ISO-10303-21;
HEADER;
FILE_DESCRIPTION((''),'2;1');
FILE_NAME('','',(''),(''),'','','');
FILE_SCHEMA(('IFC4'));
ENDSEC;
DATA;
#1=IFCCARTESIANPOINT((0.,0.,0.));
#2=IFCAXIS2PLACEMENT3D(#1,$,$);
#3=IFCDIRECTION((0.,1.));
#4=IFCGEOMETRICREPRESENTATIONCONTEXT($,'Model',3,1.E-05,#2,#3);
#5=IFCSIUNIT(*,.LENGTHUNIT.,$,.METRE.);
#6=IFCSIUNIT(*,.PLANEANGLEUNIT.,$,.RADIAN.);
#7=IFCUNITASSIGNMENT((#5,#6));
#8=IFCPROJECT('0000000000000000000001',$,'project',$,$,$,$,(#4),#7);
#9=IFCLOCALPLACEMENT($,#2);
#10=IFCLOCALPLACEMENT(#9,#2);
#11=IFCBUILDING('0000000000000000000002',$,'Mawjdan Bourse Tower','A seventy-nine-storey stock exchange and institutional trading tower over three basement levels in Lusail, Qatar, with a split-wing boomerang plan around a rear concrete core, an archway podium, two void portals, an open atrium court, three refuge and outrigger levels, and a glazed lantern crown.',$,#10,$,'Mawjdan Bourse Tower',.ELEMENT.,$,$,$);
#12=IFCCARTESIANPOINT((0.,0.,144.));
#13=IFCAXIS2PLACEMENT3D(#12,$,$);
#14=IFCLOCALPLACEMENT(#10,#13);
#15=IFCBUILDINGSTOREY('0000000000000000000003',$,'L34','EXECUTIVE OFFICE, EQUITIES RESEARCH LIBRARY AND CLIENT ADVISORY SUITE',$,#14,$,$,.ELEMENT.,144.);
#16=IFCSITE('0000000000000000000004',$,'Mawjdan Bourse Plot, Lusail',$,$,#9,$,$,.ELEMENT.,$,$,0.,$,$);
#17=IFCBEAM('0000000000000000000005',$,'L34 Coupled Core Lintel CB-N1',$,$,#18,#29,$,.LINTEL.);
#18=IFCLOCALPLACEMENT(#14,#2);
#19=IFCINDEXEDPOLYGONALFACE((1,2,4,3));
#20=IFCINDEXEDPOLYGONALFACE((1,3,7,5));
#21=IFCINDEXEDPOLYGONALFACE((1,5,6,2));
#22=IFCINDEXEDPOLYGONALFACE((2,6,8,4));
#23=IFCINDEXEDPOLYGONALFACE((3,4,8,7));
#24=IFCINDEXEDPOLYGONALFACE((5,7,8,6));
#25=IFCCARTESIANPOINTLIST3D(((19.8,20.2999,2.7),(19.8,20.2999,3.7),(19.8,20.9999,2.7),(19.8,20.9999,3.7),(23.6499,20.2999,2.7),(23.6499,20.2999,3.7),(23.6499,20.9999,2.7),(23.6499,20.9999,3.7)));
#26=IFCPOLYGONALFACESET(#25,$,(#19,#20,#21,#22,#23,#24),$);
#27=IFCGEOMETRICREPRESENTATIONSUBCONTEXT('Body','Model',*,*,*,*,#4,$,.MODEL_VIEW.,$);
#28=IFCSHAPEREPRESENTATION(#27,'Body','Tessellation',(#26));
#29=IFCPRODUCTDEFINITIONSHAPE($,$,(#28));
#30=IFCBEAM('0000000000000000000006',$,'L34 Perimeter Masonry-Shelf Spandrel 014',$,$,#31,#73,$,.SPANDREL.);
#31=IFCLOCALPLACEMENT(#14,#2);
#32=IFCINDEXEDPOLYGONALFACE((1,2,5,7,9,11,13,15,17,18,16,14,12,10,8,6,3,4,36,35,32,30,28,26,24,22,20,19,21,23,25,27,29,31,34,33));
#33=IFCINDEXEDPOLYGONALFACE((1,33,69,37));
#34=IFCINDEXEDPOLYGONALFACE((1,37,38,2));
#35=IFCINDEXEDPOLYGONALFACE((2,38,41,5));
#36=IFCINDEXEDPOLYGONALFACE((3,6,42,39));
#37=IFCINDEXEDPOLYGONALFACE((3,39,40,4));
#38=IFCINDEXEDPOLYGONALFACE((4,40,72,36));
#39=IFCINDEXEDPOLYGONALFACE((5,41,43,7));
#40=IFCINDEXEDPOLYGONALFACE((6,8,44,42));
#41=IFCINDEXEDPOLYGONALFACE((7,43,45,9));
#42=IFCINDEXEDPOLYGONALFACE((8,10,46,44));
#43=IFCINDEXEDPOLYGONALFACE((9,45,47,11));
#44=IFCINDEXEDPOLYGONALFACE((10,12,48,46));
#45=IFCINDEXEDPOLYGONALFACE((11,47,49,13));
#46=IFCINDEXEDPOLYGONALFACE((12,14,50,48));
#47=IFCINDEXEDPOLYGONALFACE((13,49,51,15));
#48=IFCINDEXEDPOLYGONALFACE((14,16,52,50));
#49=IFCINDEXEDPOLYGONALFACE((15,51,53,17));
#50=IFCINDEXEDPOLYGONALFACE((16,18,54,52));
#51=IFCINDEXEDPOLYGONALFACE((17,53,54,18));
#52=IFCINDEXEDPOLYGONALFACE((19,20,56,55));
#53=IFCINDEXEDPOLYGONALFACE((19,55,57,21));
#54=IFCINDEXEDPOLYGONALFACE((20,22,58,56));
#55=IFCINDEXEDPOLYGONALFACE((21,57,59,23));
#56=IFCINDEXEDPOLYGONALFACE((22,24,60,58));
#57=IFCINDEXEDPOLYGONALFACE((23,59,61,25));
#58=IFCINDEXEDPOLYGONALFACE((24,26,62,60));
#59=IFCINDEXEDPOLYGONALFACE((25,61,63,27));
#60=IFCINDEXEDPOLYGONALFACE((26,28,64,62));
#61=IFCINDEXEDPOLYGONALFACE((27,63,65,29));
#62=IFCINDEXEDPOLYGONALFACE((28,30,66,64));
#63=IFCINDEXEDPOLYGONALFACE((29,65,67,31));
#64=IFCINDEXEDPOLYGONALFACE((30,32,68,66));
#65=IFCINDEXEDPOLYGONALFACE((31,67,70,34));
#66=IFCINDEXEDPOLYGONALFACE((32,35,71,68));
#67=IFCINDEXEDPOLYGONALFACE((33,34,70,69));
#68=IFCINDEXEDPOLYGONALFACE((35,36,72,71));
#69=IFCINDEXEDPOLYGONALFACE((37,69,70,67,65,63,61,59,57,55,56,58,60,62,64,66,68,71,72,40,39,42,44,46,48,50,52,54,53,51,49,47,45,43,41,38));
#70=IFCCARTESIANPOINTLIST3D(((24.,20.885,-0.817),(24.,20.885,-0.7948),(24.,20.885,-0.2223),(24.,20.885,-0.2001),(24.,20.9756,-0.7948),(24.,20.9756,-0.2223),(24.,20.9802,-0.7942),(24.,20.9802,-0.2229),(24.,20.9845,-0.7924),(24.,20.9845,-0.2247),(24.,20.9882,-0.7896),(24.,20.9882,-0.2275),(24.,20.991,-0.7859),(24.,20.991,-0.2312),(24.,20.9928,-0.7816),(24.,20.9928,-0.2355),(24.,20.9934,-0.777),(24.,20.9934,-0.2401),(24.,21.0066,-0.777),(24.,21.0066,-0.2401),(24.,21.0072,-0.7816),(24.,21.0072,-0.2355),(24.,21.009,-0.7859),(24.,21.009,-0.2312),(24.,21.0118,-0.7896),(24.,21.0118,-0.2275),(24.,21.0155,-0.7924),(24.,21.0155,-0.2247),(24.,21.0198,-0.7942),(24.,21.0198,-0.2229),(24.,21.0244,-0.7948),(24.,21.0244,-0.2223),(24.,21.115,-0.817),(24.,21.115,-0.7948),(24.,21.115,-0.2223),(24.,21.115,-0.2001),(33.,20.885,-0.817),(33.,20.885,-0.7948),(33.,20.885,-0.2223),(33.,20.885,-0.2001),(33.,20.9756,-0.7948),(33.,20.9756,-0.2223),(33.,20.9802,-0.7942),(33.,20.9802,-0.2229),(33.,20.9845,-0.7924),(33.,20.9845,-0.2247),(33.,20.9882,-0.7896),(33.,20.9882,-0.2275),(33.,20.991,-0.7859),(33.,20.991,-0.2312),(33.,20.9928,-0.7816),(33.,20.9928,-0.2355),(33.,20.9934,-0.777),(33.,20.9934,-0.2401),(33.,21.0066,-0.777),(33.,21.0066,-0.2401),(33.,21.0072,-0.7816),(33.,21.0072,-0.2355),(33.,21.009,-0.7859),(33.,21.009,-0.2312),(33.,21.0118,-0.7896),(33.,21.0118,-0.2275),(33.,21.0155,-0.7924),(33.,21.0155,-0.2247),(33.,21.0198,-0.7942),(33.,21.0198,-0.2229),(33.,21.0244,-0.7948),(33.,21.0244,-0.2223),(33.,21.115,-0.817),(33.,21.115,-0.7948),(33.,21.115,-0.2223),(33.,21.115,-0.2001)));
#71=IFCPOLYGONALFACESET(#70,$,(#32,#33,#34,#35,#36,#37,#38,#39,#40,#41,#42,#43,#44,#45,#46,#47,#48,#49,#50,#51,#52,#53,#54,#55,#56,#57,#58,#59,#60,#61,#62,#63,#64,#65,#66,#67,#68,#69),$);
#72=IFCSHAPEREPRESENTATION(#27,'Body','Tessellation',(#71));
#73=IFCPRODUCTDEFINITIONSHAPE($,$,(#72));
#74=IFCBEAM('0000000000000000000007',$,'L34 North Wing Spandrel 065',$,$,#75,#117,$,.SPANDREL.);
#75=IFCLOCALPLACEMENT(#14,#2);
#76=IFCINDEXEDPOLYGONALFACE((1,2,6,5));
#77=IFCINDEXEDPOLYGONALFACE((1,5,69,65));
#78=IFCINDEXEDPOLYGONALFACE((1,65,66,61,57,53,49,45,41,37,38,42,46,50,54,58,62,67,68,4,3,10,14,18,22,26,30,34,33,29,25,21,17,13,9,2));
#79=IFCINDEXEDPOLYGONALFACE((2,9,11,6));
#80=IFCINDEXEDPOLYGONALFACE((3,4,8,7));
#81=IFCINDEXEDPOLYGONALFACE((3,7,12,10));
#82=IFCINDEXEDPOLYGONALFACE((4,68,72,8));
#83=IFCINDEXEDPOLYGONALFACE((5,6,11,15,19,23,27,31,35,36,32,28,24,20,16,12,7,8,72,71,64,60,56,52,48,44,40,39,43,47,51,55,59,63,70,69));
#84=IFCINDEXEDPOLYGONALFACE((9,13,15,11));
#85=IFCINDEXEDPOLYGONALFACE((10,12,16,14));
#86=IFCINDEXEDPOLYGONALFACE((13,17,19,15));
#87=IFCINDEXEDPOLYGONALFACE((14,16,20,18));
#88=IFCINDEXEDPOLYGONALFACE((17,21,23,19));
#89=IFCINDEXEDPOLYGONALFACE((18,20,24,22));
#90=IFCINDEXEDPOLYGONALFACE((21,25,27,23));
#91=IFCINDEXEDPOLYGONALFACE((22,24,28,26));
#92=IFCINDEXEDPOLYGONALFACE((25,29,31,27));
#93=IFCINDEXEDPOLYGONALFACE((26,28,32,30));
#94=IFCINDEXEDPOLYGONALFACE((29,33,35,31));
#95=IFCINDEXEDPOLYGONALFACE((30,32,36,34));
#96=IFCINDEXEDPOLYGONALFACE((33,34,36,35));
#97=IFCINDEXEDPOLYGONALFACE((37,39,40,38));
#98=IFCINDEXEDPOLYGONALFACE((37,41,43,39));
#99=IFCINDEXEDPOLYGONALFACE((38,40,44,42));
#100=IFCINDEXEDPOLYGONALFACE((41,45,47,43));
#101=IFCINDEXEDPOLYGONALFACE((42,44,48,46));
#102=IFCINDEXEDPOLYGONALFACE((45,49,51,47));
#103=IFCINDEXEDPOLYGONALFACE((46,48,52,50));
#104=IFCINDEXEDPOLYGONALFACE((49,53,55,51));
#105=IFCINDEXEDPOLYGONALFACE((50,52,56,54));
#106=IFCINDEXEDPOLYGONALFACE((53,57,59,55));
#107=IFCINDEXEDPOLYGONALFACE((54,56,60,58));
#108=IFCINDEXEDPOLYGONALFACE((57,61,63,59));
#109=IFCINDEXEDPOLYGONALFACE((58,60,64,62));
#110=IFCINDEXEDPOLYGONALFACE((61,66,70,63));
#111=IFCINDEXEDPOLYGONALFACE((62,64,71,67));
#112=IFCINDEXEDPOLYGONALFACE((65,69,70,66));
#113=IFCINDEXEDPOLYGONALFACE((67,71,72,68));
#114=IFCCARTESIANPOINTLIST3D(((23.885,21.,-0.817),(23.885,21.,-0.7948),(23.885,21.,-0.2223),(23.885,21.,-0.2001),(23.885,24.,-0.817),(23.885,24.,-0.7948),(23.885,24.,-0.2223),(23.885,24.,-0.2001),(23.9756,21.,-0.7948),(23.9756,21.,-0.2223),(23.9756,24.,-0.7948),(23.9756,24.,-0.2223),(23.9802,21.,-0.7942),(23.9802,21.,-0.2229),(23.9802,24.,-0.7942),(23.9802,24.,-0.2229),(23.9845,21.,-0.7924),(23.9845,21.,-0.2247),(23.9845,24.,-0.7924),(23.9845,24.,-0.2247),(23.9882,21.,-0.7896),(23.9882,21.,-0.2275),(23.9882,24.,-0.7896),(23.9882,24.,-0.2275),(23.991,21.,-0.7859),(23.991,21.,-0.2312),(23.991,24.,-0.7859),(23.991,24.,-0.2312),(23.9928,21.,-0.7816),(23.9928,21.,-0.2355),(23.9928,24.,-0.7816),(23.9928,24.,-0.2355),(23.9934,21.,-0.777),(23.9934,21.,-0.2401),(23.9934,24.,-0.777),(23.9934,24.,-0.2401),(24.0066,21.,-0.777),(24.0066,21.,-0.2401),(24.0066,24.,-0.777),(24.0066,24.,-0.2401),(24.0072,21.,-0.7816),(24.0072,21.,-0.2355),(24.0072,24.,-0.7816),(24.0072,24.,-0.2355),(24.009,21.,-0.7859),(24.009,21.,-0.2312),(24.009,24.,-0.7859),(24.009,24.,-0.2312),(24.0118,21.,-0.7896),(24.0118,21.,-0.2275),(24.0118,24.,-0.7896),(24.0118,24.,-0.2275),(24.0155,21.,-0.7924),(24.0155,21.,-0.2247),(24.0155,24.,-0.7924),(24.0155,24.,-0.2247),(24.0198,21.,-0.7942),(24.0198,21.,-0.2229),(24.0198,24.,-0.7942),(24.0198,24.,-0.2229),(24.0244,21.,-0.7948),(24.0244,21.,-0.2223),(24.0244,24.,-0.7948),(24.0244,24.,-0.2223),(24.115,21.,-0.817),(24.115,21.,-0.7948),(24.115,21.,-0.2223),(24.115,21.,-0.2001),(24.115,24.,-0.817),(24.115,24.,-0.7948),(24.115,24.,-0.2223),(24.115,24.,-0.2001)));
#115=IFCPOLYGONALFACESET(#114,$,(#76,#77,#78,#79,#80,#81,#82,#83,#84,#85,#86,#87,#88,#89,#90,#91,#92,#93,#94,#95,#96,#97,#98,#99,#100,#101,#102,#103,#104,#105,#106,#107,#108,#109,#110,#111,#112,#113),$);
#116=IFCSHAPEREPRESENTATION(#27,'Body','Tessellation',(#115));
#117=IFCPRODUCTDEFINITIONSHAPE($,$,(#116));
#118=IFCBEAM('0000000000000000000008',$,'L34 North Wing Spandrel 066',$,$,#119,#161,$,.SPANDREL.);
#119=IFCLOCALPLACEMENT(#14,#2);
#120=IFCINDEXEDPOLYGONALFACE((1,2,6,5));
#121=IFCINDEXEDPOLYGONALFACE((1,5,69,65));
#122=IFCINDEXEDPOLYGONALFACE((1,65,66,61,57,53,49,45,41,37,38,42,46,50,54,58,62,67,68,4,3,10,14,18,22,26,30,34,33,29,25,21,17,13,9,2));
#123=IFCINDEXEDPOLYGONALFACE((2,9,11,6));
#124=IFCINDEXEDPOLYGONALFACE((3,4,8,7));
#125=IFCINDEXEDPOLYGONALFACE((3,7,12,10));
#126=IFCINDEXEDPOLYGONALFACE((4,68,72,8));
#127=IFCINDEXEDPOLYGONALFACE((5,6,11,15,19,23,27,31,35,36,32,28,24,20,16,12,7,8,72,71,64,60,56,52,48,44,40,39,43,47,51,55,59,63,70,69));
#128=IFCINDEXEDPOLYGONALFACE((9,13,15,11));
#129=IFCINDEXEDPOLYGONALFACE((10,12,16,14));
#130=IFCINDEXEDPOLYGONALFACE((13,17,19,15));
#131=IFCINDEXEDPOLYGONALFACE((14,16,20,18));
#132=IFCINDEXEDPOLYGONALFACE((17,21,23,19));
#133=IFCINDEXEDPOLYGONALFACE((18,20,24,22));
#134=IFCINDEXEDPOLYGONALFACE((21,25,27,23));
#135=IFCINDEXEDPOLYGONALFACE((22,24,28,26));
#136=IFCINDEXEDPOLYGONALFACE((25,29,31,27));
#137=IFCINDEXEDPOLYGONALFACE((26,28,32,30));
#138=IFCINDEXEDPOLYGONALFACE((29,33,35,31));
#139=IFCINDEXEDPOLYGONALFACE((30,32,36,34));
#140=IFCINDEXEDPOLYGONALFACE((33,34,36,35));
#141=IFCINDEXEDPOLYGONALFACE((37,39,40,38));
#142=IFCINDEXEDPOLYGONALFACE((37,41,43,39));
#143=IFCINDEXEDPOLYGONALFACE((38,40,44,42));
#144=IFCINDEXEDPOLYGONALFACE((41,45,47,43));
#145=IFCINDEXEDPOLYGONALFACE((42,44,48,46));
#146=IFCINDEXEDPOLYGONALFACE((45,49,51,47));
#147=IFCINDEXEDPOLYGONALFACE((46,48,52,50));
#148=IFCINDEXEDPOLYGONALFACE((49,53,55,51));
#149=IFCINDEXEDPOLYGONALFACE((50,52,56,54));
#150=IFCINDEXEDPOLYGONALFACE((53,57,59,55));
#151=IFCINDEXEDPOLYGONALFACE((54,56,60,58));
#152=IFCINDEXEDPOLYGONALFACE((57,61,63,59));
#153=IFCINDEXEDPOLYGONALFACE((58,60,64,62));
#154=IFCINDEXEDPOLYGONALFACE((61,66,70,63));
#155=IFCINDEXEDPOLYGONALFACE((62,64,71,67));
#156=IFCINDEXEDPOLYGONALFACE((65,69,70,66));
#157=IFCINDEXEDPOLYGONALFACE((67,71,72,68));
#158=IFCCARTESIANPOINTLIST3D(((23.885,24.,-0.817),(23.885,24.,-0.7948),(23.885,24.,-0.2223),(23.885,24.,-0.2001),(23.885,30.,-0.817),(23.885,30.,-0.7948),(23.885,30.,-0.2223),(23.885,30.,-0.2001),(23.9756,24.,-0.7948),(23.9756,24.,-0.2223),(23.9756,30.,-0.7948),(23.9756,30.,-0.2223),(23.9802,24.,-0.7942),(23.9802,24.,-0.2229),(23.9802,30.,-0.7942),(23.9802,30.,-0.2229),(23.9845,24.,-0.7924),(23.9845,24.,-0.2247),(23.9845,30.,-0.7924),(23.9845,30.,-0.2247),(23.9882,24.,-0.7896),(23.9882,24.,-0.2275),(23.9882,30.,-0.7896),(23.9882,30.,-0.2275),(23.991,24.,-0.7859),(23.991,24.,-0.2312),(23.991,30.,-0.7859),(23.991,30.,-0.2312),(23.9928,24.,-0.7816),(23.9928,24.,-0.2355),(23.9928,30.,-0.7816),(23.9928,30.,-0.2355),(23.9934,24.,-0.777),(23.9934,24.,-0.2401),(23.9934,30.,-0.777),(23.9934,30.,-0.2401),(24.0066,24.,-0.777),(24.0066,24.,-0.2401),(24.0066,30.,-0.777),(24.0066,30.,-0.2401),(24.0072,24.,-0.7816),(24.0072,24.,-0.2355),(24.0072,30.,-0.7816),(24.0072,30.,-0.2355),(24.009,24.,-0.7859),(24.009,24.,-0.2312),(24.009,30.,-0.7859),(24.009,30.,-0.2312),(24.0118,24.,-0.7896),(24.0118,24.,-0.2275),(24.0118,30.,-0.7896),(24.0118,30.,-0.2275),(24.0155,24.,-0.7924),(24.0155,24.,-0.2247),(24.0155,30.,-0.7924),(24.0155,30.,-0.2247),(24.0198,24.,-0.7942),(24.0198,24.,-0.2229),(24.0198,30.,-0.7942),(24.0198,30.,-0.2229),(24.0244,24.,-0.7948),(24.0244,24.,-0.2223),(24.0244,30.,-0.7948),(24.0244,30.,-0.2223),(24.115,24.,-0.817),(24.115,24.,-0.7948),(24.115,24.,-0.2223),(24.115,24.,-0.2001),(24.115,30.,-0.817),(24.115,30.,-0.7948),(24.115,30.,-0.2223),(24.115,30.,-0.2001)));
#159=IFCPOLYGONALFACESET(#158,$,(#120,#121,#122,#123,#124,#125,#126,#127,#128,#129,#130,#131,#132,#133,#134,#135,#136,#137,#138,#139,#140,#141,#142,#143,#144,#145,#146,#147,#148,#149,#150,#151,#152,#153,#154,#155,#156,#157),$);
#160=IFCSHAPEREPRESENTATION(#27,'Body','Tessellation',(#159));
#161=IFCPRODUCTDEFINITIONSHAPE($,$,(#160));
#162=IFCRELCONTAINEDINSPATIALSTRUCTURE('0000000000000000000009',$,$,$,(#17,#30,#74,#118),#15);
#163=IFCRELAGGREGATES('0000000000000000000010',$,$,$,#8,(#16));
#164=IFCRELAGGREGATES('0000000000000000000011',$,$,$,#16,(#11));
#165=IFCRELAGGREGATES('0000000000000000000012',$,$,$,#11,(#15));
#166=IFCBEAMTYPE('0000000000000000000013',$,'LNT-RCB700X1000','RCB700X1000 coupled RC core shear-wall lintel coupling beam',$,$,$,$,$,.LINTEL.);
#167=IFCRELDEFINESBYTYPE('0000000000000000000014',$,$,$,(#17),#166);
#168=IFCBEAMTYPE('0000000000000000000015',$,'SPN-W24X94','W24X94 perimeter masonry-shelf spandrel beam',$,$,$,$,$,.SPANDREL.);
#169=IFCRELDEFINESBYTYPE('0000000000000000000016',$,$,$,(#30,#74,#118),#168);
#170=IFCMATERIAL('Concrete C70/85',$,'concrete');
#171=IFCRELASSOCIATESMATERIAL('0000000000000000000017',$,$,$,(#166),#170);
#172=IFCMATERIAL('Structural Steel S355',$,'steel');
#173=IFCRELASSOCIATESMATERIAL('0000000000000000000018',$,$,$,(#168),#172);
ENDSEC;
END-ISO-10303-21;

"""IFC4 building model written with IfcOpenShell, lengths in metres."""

from ifc_helpers import new_model, si_unit, direction, frame, origin, origin_2d, place, context, subcontext, project, spatial, rectangle, i_section, extrude, material, material_profile, profile_set, type_object, element, save


model = new_model("IFC4")

# Units and contexts
model_context = context("Model", 3, precision=1e-05, world=origin(), true_north=direction((0.0, 1.0)))
body_context = subcontext(model_context, "Body", "Model", "MODEL_VIEW")
ifc_project = project(units=[si_unit("LENGTHUNIT", "METRE"), si_unit("PLANEANGLEUNIT", "RADIAN")], contexts=[model_context])

# Site, building, storey
site_placement = place(None, origin())
site = spatial("IfcSite", under=ifc_project, at=site_placement, Name="Mawjdan Bourse Plot, Lusail", CompositionType="ELEMENT", RefElevation=0.0)
building_placement = place(site_placement, origin())
building = spatial("IfcBuilding", under=site, at=building_placement, Name="Mawjdan Bourse Tower", Description="A seventy-nine-storey stock exchange and institutional trading tower over three basement levels in Lusail, Qatar, with a split-wing boomerang plan around a rear concrete core, an archway podium, two void portals, an open atrium court, three refuge and outrigger levels, and a glazed lantern crown.", LongName="Mawjdan Bourse Tower", CompositionType="ELEMENT")
storey_placement = place(building_placement, frame((0.0, 0.0, 144.0)))
storey = spatial("IfcBuildingStorey", under=building, at=storey_placement, Name="L34", Description="EXECUTIVE OFFICE, EQUITIES RESEARCH LIBRARY AND CLIENT ADVISORY SUITE", CompositionType="ELEMENT", Elevation=144.0)

# Shared definitions
ifc_material_1 = material(Name="Concrete C70/85", Category="concrete")

# Beams
ifc_material_2 = material(Name="Structural Steel S355", Category="steel")
ifc_material_profile_1 = material_profile(ifc_material_1, rectangle(XDim=0.7, YDim=1.0, at=origin_2d()), Name="RCB700X1000")
ifc_profile_set_1 = profile_set([ifc_material_profile_1], Name="Concrete C70/85")
beam_type_1 = type_object("IfcBeamType", Name="LNT-RCB700X1000", Description="RCB700X1000 coupled RC core shear-wall lintel coupling beam", PredefinedType="LINTEL", material=ifc_profile_set_1)
beam_1_placement = place(storey_placement, frame((19.8, 20.6499, 3.2), z_axis=(1.0, 0.0, 0.0), x_axis=(0.0, 1.0, 0.0)))
element("IfcBeam", 1, at=beam_1_placement, inside=storey, type_object=beam_type_1, Name="L34 Coupled Core Lintel CB-N1", PredefinedType="LINTEL", context=body_context, shape_type="SweptSolid", body=[
    extrude(rectangle(XDim=0.7, YDim=1.0, at=origin_2d()), origin(), (0.0, 0.0, 1.0), 3.8499),
])
ifc_material_profile_2 = material_profile(ifc_material_2, i_section(OverallWidth=0.23, OverallDepth=0.6169, WebThickness=0.0132, FlangeThickness=0.0222, FilletRadius=0.0178, at=origin_2d()), Name="W24X94")
ifc_profile_set_2 = profile_set([ifc_material_profile_2], Name="Structural Steel S355")
beam_type_2 = type_object("IfcBeamType", Name="SPN-W24X94", Description="W24X94 perimeter masonry-shelf spandrel beam", PredefinedType="SPANDREL", material=ifc_profile_set_2)
beam_2_placement = place(storey_placement, frame((24.0, 21.0, -0.5085), z_axis=(1.0, 0.0, 0.0), x_axis=(0.0, 1.0, 0.0)))
element("IfcBeam", 2, at=beam_2_placement, inside=storey, type_object=beam_type_2, Name="L34 Perimeter Masonry-Shelf Spandrel 014", PredefinedType="SPANDREL", context=body_context, shape_type="SweptSolid", body=[
    extrude(i_section(OverallWidth=0.23, OverallDepth=0.6169, WebThickness=0.0132, FlangeThickness=0.0222, FilletRadius=0.0178, at=origin_2d()), origin(), (0.0, 0.0, 1.0), 9.0),
])
beam_3_placement = place(storey_placement, frame((24.0, 21.0, -0.5085), z_axis=(0.0, 1.0, 0.0), x_axis=(-1.0, 0.0, 0.0)))
element("IfcBeam", 3, at=beam_3_placement, inside=storey, type_object=beam_type_2, Name="L34 North Wing Spandrel 065", PredefinedType="SPANDREL", context=body_context, shape_type="SweptSolid", body=[
    extrude(i_section(OverallWidth=0.23, OverallDepth=0.6169, WebThickness=0.0132, FlangeThickness=0.0222, FilletRadius=0.0178, at=origin_2d()), origin(), (0.0, 0.0, 1.0), 3.0),
])
for number, where, z_axis, x_axis, name in (
    (4, (24.0, 24.0, -0.5085), (0.0, 1.0, 0.0), (-1.0, 0.0, 0.0), "L34 North Wing Spandrel 066"),
):
    element("IfcBeam", number, at=place(storey_placement, frame(where, z_axis=z_axis, x_axis=x_axis)), inside=storey, type_object=beam_type_2, Name=name, PredefinedType="SPANDREL", context=body_context, shape_type="SweptSolid", body=[
        extrude(i_section(OverallWidth=0.23, OverallDepth=0.6169, WebThickness=0.0132, FlangeThickness=0.0222, FilletRadius=0.0178, at=origin_2d()), origin(), (0.0, 0.0, 1.0), 6.0),
    ])

save(model, "model.ifc")
